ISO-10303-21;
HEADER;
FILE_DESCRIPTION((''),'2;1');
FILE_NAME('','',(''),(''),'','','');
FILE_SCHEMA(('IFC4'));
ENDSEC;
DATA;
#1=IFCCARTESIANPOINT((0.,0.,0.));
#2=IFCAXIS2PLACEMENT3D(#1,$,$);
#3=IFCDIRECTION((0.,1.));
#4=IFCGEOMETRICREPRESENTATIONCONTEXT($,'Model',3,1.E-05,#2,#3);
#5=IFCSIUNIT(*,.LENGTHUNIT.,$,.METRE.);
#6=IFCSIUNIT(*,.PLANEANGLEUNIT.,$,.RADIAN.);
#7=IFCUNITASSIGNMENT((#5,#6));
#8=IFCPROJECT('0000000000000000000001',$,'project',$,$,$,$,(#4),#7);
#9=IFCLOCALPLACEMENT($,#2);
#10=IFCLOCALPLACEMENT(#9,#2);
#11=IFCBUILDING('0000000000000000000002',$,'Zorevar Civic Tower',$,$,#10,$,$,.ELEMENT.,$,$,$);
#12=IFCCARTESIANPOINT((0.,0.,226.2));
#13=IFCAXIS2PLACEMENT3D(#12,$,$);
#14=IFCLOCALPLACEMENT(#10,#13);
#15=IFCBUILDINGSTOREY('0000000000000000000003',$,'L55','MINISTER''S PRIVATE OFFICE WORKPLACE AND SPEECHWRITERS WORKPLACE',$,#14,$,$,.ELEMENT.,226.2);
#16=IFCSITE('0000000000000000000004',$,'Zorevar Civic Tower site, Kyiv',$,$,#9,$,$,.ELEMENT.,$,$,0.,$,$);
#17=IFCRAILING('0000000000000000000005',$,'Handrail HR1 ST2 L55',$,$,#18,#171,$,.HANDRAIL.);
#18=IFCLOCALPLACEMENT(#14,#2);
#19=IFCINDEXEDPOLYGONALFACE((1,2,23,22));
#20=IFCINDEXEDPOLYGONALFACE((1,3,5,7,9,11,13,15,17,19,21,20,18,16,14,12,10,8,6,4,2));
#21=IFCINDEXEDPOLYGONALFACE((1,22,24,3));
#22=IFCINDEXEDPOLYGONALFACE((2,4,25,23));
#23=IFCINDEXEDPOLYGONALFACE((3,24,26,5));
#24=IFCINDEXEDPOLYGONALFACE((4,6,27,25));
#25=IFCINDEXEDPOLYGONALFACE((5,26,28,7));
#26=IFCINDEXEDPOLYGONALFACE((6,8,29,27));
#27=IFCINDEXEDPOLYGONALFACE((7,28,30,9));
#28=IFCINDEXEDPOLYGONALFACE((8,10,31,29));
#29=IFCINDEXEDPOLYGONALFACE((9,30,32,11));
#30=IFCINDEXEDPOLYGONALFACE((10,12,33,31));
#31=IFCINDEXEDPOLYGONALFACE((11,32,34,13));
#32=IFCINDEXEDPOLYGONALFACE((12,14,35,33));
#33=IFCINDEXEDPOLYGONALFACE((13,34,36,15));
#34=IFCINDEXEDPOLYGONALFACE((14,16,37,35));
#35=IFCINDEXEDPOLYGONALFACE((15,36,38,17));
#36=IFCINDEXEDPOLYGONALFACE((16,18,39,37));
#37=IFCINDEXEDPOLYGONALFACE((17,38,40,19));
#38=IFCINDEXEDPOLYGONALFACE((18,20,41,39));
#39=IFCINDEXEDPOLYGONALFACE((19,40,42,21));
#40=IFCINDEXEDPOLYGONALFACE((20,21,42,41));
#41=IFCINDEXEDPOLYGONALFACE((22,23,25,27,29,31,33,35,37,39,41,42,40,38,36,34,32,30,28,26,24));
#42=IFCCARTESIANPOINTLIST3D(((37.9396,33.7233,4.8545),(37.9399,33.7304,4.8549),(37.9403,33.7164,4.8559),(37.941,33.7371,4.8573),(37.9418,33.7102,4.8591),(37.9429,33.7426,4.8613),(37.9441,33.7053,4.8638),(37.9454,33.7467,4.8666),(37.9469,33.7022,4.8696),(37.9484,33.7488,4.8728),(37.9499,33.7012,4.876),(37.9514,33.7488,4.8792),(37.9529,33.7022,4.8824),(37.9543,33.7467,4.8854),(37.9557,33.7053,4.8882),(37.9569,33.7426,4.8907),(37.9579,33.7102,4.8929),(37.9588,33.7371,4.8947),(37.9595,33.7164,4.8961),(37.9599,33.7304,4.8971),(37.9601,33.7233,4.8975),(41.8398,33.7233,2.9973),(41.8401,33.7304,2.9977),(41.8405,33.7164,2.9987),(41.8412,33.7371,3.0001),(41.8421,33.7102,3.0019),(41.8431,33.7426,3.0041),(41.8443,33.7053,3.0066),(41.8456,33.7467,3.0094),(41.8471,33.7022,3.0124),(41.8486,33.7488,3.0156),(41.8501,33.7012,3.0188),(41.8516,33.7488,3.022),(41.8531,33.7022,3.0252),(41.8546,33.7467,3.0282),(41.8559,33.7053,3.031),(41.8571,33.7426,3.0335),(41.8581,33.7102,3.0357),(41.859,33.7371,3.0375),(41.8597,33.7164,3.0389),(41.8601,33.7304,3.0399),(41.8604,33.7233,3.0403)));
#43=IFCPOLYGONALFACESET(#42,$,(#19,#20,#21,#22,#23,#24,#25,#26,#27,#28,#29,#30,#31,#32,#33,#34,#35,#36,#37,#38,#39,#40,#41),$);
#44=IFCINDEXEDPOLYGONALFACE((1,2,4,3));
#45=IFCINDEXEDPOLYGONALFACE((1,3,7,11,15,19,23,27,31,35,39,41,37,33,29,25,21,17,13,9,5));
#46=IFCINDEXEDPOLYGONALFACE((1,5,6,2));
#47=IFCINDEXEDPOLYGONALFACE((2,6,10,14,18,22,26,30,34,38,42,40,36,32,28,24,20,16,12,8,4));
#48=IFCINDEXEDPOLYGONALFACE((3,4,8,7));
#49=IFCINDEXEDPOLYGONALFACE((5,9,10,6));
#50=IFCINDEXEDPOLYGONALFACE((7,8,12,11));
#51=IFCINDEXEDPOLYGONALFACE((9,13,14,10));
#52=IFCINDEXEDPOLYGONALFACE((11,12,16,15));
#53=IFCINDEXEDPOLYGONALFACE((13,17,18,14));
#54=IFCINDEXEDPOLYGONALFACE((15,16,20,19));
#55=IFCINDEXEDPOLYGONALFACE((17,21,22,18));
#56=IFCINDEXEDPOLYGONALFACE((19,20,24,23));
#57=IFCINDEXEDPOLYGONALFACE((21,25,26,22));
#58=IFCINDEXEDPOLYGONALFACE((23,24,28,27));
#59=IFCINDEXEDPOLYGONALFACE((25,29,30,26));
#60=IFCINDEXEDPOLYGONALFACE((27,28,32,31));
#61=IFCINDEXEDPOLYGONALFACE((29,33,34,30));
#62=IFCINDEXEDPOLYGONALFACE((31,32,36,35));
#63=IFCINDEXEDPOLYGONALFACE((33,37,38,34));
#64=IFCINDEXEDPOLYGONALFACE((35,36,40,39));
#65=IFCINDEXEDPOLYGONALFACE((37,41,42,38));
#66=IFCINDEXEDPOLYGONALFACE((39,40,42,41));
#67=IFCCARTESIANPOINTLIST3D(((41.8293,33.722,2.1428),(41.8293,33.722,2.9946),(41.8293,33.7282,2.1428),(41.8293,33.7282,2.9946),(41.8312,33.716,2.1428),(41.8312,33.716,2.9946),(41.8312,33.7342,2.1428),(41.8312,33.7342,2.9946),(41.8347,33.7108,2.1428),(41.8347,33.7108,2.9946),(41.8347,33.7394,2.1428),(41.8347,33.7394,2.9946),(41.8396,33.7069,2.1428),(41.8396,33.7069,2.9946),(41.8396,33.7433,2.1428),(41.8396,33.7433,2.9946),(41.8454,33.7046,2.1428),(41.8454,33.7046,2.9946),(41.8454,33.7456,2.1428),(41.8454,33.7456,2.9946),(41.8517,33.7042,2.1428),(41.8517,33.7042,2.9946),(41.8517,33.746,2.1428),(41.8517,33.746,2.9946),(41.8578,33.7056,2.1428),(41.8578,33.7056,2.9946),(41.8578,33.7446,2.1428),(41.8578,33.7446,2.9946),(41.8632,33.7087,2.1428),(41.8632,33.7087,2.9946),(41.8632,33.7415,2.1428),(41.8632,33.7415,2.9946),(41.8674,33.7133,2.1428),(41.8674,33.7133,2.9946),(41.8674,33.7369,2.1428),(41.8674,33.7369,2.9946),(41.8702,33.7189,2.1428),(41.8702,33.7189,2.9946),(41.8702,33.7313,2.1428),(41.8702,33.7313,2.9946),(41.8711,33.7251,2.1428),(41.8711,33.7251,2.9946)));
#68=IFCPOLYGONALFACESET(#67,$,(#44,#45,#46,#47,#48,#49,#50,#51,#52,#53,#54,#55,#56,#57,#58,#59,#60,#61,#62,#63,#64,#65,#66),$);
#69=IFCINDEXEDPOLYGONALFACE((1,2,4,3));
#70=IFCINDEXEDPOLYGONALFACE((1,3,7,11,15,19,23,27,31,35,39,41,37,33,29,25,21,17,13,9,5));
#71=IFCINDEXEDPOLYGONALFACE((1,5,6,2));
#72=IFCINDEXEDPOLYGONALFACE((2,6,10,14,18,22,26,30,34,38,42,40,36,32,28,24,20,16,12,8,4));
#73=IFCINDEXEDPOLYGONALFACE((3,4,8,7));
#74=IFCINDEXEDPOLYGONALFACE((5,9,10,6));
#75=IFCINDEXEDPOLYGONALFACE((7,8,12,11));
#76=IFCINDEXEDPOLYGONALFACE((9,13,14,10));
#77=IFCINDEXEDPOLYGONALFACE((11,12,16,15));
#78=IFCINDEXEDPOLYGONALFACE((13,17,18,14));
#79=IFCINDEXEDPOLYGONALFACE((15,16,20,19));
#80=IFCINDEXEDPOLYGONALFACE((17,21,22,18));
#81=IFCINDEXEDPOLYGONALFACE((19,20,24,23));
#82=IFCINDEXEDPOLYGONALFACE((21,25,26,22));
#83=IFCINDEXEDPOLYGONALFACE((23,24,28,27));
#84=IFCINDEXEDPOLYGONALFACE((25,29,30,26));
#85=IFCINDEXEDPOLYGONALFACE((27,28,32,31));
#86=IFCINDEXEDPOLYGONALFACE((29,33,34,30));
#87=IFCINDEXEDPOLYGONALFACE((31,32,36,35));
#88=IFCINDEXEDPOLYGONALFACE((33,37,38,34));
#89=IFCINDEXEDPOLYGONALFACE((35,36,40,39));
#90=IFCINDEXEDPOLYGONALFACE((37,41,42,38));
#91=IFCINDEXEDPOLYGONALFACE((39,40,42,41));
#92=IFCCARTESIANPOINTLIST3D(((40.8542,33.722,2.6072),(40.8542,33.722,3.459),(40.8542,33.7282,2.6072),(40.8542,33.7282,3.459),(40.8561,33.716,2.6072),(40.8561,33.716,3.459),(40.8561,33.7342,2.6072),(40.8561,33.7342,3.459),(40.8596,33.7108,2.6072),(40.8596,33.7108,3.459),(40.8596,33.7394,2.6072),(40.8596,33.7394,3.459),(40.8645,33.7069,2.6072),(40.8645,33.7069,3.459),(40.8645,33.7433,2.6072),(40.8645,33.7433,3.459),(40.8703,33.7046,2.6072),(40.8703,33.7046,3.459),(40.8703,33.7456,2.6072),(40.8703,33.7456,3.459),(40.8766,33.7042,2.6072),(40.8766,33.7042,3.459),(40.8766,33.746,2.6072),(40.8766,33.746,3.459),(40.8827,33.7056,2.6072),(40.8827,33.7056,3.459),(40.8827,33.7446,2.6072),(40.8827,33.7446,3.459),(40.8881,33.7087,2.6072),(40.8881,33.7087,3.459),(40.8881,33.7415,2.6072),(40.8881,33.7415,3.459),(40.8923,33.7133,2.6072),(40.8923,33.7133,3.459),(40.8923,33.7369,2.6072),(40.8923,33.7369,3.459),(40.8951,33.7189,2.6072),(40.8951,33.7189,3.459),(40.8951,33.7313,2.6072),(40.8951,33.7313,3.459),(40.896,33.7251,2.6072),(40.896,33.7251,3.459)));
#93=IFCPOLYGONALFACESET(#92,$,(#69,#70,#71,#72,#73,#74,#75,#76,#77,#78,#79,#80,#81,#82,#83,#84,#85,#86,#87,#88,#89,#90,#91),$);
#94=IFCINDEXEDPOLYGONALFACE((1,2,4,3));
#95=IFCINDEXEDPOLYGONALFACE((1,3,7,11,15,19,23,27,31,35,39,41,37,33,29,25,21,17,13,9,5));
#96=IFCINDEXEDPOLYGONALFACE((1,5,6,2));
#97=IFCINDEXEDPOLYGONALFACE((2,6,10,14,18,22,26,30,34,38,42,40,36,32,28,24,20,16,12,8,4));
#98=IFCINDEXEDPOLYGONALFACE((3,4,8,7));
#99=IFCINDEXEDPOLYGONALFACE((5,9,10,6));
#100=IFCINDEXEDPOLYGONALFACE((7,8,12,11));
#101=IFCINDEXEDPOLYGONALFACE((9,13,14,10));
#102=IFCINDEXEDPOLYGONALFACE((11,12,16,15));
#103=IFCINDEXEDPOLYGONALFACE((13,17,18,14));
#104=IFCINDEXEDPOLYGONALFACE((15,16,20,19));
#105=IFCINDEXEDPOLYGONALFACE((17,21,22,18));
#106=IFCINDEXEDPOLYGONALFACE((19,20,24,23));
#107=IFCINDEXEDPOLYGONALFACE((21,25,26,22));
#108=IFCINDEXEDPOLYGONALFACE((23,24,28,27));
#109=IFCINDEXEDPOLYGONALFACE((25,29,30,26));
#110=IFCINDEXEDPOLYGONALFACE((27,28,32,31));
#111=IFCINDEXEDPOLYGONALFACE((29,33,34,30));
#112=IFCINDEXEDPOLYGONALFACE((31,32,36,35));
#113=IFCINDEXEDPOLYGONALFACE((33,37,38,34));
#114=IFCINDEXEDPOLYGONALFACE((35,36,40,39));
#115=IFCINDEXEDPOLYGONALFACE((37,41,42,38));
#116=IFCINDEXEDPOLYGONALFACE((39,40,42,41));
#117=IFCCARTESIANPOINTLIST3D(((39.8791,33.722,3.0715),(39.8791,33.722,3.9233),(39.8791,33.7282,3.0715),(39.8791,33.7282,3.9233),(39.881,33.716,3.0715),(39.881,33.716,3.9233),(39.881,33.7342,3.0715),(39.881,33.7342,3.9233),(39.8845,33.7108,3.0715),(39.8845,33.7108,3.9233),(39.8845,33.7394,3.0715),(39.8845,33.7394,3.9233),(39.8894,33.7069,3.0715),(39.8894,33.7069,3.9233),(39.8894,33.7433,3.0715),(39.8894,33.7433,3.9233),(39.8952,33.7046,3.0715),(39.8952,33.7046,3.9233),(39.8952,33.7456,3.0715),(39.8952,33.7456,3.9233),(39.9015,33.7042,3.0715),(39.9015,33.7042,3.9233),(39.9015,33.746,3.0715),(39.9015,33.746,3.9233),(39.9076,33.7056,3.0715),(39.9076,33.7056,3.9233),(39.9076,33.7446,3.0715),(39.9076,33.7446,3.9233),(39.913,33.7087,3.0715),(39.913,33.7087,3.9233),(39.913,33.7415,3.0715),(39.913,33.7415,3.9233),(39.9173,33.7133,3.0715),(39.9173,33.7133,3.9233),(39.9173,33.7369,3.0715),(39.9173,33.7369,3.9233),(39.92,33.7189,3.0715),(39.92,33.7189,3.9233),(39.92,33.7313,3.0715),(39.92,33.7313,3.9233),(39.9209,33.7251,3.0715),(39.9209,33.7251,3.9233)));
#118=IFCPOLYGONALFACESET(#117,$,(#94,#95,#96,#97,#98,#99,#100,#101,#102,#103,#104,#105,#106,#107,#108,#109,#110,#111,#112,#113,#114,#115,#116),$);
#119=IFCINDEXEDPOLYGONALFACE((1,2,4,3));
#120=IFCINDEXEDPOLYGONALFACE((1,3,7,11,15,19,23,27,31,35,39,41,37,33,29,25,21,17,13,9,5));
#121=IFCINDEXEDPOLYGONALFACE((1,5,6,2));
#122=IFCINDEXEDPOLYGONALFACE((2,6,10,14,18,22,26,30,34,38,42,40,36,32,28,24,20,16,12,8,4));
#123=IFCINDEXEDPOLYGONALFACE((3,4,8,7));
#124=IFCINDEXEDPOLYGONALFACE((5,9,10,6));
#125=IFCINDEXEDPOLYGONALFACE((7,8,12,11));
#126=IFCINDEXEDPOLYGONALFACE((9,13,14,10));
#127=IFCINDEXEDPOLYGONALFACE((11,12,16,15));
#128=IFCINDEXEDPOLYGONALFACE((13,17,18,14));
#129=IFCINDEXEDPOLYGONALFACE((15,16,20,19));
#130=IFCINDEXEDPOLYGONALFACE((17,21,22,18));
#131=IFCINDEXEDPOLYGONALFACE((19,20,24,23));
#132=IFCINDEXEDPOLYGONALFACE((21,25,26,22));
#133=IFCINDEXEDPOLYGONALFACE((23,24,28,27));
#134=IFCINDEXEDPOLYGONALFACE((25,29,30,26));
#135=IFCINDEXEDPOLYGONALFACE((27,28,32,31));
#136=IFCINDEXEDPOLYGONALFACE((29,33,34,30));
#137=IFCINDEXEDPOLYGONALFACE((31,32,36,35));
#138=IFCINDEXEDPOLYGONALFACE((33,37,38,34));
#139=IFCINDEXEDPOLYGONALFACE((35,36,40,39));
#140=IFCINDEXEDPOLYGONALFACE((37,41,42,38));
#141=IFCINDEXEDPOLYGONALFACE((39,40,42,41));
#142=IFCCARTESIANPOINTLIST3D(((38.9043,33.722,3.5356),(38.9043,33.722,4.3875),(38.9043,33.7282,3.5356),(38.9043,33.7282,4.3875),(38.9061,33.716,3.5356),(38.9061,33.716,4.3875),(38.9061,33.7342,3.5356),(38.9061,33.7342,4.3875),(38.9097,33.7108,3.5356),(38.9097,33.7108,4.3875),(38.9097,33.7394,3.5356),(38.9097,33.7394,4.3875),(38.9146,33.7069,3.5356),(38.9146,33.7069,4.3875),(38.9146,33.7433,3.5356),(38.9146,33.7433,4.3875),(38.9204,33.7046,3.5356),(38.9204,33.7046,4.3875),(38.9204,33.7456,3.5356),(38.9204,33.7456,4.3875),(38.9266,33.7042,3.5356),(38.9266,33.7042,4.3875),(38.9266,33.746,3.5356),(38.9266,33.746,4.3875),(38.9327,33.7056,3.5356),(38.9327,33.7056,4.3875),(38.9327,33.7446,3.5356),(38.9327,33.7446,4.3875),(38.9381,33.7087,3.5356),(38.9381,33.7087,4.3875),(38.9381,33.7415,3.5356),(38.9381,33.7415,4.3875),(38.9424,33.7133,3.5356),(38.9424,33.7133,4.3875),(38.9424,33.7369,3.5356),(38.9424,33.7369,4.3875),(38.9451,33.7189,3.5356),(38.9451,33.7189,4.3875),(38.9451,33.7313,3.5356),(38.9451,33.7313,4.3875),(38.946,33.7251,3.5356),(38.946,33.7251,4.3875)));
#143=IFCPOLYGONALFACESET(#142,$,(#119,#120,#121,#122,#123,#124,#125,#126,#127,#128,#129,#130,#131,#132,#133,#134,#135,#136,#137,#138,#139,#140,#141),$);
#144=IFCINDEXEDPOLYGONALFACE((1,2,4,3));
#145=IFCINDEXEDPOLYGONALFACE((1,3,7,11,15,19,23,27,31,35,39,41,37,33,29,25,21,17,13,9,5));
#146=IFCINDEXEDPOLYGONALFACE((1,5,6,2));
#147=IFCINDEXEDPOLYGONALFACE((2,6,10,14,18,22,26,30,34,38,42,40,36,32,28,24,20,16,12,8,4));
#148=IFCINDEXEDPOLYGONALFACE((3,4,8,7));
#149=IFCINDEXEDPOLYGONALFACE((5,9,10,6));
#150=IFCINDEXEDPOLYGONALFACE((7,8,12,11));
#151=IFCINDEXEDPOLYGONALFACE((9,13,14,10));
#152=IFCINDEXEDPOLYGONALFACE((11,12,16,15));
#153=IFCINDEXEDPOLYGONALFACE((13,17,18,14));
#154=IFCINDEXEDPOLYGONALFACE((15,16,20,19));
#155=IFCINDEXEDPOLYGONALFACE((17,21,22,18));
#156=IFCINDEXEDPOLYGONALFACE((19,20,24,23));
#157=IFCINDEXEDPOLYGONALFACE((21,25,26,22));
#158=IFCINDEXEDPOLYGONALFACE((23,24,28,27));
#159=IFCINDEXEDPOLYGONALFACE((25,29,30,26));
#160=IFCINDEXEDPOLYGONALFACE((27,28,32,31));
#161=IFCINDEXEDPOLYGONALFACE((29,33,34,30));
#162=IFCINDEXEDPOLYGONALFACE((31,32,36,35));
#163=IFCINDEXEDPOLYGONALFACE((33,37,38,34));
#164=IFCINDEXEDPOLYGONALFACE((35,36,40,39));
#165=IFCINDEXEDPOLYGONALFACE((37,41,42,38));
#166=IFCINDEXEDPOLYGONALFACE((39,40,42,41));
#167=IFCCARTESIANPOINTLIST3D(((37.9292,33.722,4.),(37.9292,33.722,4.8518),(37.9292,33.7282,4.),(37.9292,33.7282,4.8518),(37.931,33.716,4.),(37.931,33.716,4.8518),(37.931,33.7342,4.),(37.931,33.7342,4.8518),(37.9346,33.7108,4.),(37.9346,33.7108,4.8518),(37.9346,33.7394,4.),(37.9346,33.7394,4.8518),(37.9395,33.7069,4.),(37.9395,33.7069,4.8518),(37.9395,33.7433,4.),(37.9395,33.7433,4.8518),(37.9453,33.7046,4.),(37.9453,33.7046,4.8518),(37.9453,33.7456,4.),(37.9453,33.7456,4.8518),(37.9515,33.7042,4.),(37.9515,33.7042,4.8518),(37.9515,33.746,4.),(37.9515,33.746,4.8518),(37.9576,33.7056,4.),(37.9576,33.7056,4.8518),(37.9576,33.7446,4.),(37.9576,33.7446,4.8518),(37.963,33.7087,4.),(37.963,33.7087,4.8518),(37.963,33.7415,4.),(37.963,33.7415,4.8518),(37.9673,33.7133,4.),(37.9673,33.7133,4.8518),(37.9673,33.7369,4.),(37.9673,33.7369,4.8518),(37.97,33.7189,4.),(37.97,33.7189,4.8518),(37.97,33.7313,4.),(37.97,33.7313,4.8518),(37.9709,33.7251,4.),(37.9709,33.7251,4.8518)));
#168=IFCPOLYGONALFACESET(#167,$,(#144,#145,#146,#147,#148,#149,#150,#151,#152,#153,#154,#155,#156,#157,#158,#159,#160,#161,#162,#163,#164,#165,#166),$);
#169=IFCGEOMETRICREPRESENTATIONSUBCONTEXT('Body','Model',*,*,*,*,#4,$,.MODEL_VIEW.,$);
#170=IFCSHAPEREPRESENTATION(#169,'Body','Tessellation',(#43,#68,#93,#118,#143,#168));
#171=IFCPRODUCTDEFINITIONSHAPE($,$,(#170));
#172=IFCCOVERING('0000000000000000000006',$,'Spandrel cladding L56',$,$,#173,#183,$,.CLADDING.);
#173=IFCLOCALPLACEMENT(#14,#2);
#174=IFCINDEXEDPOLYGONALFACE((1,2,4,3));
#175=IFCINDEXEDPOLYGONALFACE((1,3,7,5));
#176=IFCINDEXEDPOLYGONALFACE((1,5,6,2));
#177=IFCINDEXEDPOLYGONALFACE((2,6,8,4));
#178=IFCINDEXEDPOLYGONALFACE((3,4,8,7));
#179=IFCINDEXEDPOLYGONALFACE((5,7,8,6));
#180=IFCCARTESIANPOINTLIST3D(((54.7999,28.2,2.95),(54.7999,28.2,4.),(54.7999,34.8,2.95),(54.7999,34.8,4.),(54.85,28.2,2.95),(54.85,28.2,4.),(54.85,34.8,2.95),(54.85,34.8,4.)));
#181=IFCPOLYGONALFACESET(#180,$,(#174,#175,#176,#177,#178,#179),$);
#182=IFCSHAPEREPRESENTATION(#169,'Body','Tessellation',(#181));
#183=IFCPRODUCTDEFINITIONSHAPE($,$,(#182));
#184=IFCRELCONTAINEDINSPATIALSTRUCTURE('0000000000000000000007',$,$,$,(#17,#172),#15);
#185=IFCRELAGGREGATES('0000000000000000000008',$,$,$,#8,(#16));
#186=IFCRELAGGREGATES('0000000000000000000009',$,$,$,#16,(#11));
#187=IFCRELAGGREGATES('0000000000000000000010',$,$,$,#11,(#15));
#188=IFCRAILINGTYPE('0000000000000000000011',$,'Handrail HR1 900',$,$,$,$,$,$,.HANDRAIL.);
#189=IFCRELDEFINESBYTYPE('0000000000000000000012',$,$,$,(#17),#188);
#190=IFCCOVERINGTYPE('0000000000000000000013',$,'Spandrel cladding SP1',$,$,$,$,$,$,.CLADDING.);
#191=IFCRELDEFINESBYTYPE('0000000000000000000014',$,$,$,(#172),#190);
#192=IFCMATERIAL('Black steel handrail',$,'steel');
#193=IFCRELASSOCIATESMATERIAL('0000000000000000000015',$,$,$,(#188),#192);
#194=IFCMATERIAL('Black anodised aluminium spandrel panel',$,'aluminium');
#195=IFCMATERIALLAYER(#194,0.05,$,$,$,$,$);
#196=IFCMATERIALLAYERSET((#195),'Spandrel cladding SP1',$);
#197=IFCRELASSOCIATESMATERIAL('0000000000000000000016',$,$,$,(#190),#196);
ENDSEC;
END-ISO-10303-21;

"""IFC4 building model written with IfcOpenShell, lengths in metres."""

from ifc_helpers import new_model, si_unit, direction, frame, frame_2d, origin, origin_2d, place, context, subcontext, project, spatial, rectangle, circle, extrude, material, layer, layer_set, type_object, element, save


model = new_model("IFC4")

# Units and contexts
model_context = context("Model", 3, precision=1e-05, world=origin(), true_north=direction((0.0, 1.0)))
body_context = subcontext(model_context, "Body", "Model", "MODEL_VIEW")
ifc_project = project(units=[si_unit("LENGTHUNIT", "METRE"), si_unit("PLANEANGLEUNIT", "RADIAN")], contexts=[model_context])

# Site, building, storey
site_placement = place(None, origin())
site = spatial("IfcSite", under=ifc_project, at=site_placement, Name="Zorevar Civic Tower site, Kyiv", CompositionType="ELEMENT", RefElevation=0.0)
building_placement = place(site_placement, origin())
building = spatial("IfcBuilding", under=site, at=building_placement, Name="Zorevar Civic Tower", CompositionType="ELEMENT")
storey_placement = place(building_placement, frame((0.0, 0.0, 226.2)))
storey = spatial("IfcBuildingStorey", under=building, at=storey_placement, Name="L55", Description="MINISTER'S PRIVATE OFFICE WORKPLACE AND SPEECHWRITERS WORKPLACE", CompositionType="ELEMENT", Elevation=226.2)

# Railing
ifc_material_1 = material(Name="Black steel handrail", Category="steel")
railing_type = type_object("IfcRailingType", Name="Handrail HR1 900", PredefinedType="HANDRAIL", material=ifc_material_1)
railing_placement = place(storey_placement, frame((41.8501, 33.7251, 2.1428)))
element("IfcRailing", 1, at=railing_placement, inside=storey, type_object=railing_type, Name="Handrail HR1 ST2 L55", PredefinedType="HANDRAIL", context=body_context, shape_type="SweptSolid", body=[
    extrude(circle(Radius=0.0239, at=origin_2d()), frame((0.0, 0.0, 0.876), z_axis=(-0.902864, 0.0, 0.429927), x_axis=(0.0, -1.0, 0.0)), (0.0, 0.0, 1.0), 4.3198),
    extrude(circle(Radius=0.021, at=origin_2d()), origin(), (0.0, 0.0, 1.0), 0.8518),
    extrude(circle(Radius=0.021, at=origin_2d()), frame((-0.9751, 0.0, 0.4644)), (0.0, 0.0, 1.0), 0.8518),
    extrude(circle(Radius=0.021, at=origin_2d()), frame((-1.9502, 0.0, 0.9287)), (0.0, 0.0, 1.0), 0.8518),
    extrude(circle(Radius=0.021, at=origin_2d()), frame((-2.925, 0.0, 1.3928)), (0.0, 0.0, 1.0), 0.8518),
    extrude(circle(Radius=0.021, at=origin_2d()), frame((-3.9001, 0.0, 1.8572)), (0.0, 0.0, 1.0), 0.8518),
])

# Covering
ifc_material_2 = material(Name="Black anodised aluminium spandrel panel", Category="aluminium")
ifc_layer_1 = layer(ifc_material_2, 0.05)
ifc_layer_set_1 = layer_set([ifc_layer_1], Name="Spandrel cladding SP1")
covering_type = type_object("IfcCoveringType", Name="Spandrel cladding SP1", PredefinedType="CLADDING", material=ifc_layer_set_1)
covering_placement = place(storey_placement, frame((54.825, 28.2, 2.95), z_axis=(0.0, 0.0, 1.0), x_axis=(0.0, 1.0, 0.0)))
element("IfcCovering", 2, at=covering_placement, inside=storey, type_object=covering_type, Name="Spandrel cladding L56", PredefinedType="CLADDING", context=body_context, shape_type="SweptSolid", body=[
    extrude(rectangle(XDim=6.6001, YDim=0.05, at=frame_2d((3.3, 0.0))), origin(), (0.0, 0.0, 1.0), 1.05),
])

save(model, "model.ifc")
